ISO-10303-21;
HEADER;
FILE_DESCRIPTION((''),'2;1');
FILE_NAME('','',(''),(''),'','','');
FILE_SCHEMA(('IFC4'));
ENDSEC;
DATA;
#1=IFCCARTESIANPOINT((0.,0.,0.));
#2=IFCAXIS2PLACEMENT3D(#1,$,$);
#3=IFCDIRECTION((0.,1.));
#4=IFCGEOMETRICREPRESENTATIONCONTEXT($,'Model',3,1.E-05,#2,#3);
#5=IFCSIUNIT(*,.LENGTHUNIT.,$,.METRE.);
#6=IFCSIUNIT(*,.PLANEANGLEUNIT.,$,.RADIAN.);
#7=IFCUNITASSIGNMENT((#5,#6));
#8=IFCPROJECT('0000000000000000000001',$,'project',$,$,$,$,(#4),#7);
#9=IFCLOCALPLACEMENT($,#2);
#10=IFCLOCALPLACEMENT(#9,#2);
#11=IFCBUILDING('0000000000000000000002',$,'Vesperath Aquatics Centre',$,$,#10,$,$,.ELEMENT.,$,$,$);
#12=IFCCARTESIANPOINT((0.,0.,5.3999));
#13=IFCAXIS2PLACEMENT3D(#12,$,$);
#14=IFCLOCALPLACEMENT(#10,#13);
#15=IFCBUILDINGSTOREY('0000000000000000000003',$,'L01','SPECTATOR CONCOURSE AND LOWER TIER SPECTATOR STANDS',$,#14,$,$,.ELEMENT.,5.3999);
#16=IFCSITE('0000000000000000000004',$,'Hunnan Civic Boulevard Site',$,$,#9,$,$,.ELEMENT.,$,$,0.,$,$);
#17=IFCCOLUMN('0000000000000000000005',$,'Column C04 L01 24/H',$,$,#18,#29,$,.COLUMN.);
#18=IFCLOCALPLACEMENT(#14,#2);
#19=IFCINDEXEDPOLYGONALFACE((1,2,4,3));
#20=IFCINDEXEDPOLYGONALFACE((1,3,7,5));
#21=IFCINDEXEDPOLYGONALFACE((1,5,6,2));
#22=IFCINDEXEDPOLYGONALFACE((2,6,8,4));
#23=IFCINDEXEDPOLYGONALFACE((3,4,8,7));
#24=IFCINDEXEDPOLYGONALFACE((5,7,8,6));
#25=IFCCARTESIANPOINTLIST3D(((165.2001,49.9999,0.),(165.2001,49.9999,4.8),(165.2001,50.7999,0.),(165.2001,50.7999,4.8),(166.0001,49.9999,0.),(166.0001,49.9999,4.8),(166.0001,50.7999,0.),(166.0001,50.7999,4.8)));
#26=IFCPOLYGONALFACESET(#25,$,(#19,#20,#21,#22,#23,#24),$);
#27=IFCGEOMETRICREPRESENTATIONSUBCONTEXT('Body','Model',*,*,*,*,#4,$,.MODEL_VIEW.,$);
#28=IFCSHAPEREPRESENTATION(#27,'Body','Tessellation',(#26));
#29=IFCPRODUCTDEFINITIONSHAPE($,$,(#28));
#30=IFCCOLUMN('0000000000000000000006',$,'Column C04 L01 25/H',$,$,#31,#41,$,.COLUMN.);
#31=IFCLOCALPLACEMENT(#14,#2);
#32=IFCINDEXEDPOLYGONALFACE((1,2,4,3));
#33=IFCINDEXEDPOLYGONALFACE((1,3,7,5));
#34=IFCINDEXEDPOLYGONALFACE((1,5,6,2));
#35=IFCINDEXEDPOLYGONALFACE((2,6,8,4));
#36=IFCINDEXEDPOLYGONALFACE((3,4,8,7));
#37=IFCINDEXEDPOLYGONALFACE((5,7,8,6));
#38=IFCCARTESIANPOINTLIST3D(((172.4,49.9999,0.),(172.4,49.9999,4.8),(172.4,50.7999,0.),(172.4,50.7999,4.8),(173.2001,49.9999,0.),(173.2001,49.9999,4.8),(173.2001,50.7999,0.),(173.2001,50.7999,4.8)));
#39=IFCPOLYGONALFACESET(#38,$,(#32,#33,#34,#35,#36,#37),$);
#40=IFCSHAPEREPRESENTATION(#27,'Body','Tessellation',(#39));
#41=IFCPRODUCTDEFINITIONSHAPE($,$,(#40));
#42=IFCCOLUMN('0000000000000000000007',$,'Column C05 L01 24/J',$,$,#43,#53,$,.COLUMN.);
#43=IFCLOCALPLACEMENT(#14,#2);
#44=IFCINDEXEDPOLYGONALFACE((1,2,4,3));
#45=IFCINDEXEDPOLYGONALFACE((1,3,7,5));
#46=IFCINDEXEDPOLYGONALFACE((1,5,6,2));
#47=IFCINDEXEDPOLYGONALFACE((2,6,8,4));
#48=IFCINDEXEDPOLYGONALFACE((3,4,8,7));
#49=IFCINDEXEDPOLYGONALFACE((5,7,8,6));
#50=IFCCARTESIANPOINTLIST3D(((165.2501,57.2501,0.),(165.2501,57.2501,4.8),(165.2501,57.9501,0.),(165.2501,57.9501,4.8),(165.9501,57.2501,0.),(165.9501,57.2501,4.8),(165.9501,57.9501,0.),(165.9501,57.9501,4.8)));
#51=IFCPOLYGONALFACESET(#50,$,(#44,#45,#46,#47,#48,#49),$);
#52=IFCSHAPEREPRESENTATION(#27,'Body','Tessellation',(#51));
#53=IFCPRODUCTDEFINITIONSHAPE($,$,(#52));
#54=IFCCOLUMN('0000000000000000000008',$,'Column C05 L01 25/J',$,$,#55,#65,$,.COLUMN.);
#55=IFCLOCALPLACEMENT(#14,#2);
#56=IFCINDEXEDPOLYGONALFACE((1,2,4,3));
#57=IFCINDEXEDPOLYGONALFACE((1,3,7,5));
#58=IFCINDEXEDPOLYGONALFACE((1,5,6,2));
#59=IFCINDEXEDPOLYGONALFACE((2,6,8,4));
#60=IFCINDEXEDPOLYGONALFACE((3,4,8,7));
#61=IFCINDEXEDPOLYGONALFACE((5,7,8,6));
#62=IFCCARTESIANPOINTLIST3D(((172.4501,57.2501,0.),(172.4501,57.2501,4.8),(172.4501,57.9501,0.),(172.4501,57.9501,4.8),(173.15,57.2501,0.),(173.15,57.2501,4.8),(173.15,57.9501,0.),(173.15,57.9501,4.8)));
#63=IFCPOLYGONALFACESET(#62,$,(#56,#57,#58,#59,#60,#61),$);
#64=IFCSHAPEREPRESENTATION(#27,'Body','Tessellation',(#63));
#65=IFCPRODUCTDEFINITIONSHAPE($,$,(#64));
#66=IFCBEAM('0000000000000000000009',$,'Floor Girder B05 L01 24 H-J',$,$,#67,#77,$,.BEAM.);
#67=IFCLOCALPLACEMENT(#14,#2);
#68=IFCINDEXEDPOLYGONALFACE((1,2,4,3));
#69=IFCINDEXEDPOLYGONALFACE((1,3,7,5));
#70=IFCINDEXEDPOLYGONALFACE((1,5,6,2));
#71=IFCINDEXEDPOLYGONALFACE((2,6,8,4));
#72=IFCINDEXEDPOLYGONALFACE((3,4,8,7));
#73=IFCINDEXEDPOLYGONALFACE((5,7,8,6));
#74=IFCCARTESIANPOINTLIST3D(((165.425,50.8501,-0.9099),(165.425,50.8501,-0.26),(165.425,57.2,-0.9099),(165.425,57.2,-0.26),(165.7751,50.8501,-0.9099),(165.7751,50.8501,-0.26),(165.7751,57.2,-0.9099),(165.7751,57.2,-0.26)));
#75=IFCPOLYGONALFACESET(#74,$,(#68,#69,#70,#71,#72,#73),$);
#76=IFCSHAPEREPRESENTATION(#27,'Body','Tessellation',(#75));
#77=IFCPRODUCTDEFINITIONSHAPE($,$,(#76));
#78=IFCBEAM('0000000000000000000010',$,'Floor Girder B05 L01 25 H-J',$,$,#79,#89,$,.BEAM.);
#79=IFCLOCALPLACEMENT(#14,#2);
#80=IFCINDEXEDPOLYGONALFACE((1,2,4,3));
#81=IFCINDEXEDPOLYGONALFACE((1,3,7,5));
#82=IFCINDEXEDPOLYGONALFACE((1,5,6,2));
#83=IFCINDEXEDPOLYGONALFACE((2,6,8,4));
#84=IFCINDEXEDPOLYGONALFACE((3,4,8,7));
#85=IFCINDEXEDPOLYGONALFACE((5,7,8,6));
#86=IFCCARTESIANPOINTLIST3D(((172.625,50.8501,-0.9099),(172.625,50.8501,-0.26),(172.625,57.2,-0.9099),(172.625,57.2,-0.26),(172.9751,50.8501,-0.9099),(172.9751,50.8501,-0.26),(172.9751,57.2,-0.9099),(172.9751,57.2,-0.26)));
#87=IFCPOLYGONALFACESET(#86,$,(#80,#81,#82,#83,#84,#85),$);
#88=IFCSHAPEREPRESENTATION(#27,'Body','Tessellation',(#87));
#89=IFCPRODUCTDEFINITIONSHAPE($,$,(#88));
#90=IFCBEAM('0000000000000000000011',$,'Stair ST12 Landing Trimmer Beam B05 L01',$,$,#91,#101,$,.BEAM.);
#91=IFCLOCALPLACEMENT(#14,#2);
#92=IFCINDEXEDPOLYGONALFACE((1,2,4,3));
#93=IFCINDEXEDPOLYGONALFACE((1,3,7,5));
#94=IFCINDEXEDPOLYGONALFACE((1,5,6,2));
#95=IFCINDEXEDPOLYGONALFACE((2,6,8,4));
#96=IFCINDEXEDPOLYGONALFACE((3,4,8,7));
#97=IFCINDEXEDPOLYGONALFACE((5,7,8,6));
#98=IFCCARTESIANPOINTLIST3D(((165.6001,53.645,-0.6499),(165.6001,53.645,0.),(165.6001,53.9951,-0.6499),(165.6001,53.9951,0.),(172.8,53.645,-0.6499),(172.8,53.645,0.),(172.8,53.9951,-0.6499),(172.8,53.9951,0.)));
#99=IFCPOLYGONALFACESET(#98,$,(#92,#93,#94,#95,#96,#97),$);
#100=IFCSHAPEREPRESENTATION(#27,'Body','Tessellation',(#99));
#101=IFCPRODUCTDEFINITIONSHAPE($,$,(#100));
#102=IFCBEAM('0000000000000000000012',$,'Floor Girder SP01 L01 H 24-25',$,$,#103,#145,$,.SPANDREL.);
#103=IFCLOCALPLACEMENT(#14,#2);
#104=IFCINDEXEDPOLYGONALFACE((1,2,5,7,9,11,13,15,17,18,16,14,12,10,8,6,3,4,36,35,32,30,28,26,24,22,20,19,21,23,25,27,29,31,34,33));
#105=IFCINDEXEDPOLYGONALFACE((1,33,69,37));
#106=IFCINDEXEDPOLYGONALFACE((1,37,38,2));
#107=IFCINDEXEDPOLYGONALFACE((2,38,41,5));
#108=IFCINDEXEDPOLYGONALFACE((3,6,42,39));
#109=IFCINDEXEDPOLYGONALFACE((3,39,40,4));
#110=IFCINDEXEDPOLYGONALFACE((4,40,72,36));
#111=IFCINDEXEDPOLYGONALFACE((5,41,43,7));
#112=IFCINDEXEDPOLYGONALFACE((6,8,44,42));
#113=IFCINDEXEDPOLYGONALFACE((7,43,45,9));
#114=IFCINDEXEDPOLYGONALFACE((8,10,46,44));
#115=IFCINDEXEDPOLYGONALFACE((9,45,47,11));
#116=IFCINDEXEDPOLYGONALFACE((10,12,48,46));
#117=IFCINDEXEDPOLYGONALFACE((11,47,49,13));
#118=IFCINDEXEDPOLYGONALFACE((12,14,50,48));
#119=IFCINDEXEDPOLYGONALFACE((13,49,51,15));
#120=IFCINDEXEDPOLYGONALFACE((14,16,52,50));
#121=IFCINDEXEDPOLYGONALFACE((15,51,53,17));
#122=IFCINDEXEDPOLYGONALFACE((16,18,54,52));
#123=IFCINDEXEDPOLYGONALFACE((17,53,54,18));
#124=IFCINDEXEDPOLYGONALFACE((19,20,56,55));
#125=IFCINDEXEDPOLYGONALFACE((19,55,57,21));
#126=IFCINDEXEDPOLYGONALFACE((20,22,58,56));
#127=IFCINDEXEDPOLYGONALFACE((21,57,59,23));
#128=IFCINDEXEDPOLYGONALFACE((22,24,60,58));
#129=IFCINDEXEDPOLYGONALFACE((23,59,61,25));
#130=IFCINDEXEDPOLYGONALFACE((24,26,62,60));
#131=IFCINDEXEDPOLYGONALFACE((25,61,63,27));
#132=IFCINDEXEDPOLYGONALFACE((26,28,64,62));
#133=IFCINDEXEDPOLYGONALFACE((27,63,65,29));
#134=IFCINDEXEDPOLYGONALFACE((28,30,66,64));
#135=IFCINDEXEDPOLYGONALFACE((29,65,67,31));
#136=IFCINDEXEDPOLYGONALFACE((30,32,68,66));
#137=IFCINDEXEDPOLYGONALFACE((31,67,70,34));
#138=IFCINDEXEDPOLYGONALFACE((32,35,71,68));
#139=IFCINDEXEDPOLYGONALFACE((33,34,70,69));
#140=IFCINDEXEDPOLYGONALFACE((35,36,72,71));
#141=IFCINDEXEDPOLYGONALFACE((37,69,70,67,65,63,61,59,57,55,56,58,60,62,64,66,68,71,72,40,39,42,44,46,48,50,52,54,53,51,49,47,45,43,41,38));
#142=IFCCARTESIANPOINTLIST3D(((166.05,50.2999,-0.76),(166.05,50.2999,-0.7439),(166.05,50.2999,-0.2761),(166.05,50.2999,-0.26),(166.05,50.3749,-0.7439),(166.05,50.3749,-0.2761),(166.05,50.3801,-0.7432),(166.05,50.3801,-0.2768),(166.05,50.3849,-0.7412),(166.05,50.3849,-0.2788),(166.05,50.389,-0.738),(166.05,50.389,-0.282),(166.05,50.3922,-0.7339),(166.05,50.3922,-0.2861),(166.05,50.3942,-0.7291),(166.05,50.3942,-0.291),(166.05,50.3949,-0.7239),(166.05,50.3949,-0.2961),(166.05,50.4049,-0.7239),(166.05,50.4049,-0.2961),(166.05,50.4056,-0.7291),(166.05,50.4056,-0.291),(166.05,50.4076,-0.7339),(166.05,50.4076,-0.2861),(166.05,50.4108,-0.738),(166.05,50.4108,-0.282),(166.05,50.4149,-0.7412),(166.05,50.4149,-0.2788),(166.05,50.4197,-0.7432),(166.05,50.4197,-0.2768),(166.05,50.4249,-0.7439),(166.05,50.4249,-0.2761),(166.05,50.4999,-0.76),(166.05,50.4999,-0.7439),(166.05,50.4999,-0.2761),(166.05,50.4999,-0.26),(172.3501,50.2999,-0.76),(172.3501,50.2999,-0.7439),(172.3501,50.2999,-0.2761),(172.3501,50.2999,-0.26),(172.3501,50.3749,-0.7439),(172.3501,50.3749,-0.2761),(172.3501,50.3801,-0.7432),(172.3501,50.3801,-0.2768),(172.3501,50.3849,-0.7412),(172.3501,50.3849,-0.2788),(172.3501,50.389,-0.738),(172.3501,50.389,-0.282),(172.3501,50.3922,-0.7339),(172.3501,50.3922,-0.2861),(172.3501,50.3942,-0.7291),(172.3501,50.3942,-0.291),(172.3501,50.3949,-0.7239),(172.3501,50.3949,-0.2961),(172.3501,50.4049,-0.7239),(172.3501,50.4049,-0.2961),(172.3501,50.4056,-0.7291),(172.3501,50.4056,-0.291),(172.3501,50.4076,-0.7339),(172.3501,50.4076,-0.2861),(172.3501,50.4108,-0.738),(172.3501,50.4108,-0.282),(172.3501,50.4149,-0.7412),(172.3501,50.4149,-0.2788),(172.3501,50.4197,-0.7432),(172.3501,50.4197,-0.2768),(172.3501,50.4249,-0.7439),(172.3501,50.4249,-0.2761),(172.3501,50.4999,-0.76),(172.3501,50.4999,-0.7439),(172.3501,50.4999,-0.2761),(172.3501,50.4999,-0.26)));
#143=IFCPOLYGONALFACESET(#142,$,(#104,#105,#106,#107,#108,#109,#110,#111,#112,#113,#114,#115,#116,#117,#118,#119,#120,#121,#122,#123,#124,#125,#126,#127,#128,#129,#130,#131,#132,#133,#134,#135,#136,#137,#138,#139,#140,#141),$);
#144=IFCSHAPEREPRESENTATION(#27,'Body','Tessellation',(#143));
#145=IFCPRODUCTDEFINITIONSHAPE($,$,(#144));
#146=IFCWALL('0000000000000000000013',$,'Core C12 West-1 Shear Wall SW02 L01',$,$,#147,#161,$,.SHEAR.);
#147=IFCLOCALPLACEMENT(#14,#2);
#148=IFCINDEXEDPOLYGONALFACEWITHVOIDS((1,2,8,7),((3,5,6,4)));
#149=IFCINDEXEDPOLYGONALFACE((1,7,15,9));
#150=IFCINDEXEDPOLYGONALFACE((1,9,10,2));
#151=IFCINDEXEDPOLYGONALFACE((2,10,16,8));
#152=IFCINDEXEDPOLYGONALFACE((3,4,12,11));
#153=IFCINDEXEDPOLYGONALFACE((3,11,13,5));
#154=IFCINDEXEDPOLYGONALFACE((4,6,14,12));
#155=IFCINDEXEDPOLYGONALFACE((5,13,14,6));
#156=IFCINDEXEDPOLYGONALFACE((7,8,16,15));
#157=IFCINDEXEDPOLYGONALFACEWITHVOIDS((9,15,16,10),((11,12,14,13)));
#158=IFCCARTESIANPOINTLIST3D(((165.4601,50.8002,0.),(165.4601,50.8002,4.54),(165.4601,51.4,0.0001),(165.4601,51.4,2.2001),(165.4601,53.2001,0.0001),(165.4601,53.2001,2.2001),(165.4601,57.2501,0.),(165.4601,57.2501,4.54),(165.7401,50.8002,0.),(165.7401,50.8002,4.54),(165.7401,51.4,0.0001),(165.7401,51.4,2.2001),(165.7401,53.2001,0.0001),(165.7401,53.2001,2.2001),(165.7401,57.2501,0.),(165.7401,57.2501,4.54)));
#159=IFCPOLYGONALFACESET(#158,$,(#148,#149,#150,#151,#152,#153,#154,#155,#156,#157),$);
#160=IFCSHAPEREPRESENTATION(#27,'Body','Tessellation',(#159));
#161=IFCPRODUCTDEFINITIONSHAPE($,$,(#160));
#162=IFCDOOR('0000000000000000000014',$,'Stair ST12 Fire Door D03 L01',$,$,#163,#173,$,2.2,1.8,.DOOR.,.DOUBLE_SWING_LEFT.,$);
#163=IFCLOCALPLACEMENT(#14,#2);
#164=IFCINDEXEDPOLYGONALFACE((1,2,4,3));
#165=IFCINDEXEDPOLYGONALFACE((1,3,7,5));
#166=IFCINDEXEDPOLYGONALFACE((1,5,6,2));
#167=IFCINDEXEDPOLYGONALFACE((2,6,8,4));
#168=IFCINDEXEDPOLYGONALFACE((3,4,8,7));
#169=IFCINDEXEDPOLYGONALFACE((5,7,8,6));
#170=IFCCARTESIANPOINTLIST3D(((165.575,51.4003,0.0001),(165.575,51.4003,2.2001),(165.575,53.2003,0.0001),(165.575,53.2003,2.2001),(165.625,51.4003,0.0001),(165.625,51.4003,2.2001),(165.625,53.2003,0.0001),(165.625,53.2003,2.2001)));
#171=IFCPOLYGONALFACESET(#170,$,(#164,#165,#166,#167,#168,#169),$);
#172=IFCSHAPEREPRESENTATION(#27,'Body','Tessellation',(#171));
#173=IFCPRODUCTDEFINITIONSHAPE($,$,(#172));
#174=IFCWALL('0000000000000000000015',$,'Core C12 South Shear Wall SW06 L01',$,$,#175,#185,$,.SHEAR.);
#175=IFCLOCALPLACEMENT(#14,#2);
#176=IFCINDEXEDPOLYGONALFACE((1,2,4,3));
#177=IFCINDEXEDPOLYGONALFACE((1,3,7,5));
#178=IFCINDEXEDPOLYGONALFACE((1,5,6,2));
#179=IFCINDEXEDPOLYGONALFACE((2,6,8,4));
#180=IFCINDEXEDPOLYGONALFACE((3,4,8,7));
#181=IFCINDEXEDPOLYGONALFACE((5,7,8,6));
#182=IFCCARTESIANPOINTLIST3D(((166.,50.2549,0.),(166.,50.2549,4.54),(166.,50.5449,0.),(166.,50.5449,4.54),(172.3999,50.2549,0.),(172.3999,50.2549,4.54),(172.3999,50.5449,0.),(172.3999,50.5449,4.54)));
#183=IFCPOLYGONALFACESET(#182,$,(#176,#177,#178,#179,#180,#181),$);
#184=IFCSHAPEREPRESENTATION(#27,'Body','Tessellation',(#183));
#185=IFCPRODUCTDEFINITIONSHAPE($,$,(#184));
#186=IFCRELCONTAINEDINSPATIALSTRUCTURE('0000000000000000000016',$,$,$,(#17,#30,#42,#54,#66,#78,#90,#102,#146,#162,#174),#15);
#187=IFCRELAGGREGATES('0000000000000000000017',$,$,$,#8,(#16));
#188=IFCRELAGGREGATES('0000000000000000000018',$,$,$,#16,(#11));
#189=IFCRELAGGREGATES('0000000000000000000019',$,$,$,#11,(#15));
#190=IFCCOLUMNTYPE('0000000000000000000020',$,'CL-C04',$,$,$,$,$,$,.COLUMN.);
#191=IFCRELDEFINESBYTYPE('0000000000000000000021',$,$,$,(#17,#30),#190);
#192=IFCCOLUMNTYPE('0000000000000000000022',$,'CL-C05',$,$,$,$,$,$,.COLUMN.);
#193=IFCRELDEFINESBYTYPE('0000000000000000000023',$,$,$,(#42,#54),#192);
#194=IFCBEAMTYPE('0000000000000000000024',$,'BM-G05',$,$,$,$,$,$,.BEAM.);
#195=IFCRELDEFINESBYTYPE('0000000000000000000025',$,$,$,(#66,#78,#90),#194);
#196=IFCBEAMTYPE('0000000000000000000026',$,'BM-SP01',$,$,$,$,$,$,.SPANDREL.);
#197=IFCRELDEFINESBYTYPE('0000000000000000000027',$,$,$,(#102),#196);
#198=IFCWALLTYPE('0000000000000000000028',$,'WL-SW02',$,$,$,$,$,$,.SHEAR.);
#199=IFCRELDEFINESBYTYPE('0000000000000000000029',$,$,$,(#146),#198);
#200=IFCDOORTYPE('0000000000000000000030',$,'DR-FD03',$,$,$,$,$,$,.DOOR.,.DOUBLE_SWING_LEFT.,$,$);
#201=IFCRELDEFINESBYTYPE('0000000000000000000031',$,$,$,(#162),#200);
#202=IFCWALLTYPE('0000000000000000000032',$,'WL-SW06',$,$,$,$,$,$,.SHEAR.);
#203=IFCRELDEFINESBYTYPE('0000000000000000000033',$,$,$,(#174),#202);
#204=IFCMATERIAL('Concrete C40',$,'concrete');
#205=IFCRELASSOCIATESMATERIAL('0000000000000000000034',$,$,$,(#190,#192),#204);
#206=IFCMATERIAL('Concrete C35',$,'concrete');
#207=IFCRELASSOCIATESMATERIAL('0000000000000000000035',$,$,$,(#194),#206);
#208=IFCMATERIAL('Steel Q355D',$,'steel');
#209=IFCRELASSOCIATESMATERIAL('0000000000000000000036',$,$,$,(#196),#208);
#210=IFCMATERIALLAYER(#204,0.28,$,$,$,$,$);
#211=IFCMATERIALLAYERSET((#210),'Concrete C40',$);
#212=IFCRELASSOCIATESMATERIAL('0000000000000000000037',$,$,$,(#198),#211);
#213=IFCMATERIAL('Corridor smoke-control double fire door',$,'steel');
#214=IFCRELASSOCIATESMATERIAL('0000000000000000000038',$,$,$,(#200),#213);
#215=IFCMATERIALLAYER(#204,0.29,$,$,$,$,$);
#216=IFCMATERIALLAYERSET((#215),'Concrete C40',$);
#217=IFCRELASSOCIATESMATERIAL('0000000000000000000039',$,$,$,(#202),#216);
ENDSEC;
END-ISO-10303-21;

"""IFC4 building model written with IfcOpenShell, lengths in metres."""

from ifc_helpers import new_model, si_unit, direction, frame, frame_2d, origin, origin_2d, place, context, subcontext, project, spatial, rectangle, i_section, extrude, material, layer, layer_set, material_profile, profile_set, type_object, element, fill, save


model = new_model("IFC4")

# Units and contexts
model_context = context("Model", 3, precision=1e-05, world=origin(), true_north=direction((0.0, 1.0)))
body_context = subcontext(model_context, "Body", "Model", "MODEL_VIEW")
ifc_project = project(units=[si_unit("LENGTHUNIT", "METRE"), si_unit("PLANEANGLEUNIT", "RADIAN")], contexts=[model_context])

# Site, building, storey
site_placement = place(None, origin())
site = spatial("IfcSite", under=ifc_project, at=site_placement, Name="Hunnan Civic Boulevard Site", CompositionType="ELEMENT", RefElevation=0.0)
building_placement = place(site_placement, origin())
building = spatial("IfcBuilding", under=site, at=building_placement, Name="Vesperath Aquatics Centre", CompositionType="ELEMENT")
storey_placement = place(building_placement, frame((0.0, 0.0, 5.3999)))
storey = spatial("IfcBuildingStorey", under=building, at=storey_placement, Name="L01", Description="SPECTATOR CONCOURSE AND LOWER TIER SPECTATOR STANDS", CompositionType="ELEMENT", Elevation=5.3999)

# Columns
ifc_material_1 = material(Name="Concrete C40", Category="concrete")
ifc_material_profile_1 = material_profile(ifc_material_1, rectangle(XDim=0.8, YDim=0.8, at=origin_2d()), Name="RC 800x800")
ifc_profile_set_1 = profile_set([ifc_material_profile_1], Name="Concrete C40")
column_type_1 = type_object("IfcColumnType", Name="CL-C04", PredefinedType="COLUMN", material=ifc_profile_set_1)
for number, where, z_axis, x_axis, name in (
    (1, (165.6001, 50.3999, 0.0), (0.0, 0.0, 1.0), (1.0, 0.0, 0.0), "Column C04 L01 24/H"),
    (2, (172.8, 50.3999, 0.0), (0.0, 0.0, 1.0), (1.0, 0.0, 0.0), "Column C04 L01 25/H"),
):
    element("IfcColumn", number, at=place(storey_placement, frame(where, z_axis=z_axis, x_axis=x_axis)), inside=storey, type_object=column_type_1, Name=name, PredefinedType="COLUMN", context=body_context, shape_type="SweptSolid", body=[
        extrude(rectangle(XDim=0.8, YDim=0.8, at=origin_2d()), origin(), (0.0, 0.0, 1.0), 4.8),
    ])
ifc_material_profile_2 = material_profile(ifc_material_1, rectangle(XDim=0.7, YDim=0.7, at=origin_2d()), Name="RC 700x700")
ifc_profile_set_2 = profile_set([ifc_material_profile_2], Name="Concrete C40")
column_type_2 = type_object("IfcColumnType", Name="CL-C05", PredefinedType="COLUMN", material=ifc_profile_set_2)
for number, where, z_axis, x_axis, name in (
    (3, (165.6001, 57.6001, 0.0), (0.0, 0.0, 1.0), (1.0, 0.0, 0.0), "Column C05 L01 24/J"),
    (4, (172.8, 57.6001, 0.0), (0.0, 0.0, 1.0), (1.0, 0.0, 0.0), "Column C05 L01 25/J"),
):
    element("IfcColumn", number, at=place(storey_placement, frame(where, z_axis=z_axis, x_axis=x_axis)), inside=storey, type_object=column_type_2, Name=name, PredefinedType="COLUMN", context=body_context, shape_type="SweptSolid", body=[
        extrude(rectangle(XDim=0.7, YDim=0.7, at=origin_2d()), origin(), (0.0, 0.0, 1.0), 4.8),
    ])

# Beams
ifc_material_2 = material(Name="Concrete C35", Category="concrete")
ifc_material_profile_3 = material_profile(ifc_material_2, rectangle(XDim=0.3501, YDim=0.6499, at=origin_2d()), Name="RC 350x650")
ifc_profile_set_3 = profile_set([ifc_material_profile_3], Name="Concrete C35")
beam_type_1 = type_object("IfcBeamType", Name="BM-G05", PredefinedType="BEAM", material=ifc_profile_set_3)
for number, where, z_axis, x_axis, name in (
    (5, (165.6001, 50.8501, -0.585), (0.0, 1.0, 0.0), (-1.0, 0.0, 0.0), "Floor Girder B05 L01 24 H-J"),
    (6, (172.8, 50.8501, -0.585), (0.0, 1.0, 0.0), (-1.0, 0.0, 0.0), "Floor Girder B05 L01 25 H-J"),
):
    element("IfcBeam", number, at=place(storey_placement, frame(where, z_axis=z_axis, x_axis=x_axis)), inside=storey, type_object=beam_type_1, Name=name, PredefinedType="BEAM", context=body_context, shape_type="SweptSolid", body=[
        extrude(rectangle(XDim=0.3501, YDim=0.6499, at=origin_2d()), origin(), (0.0, 0.0, 1.0), 6.3499),
    ])
beam_1_placement = place(storey_placement, frame((165.6001, 53.8201, -0.325), z_axis=(1.0, 0.0, 0.0), x_axis=(0.0, 1.0, 0.0)))
element("IfcBeam", 7, at=beam_1_placement, inside=storey, type_object=beam_type_1, Name="Stair ST12 Landing Trimmer Beam B05 L01", PredefinedType="BEAM", context=body_context, shape_type="SweptSolid", body=[
    extrude(rectangle(XDim=0.3501, YDim=0.6499, at=origin_2d()), origin(), (0.0, 0.0, 1.0), 7.2),
])
ifc_material_3 = material(Name="Steel Q355D", Category="steel")
ifc_material_profile_4 = material_profile(ifc_material_3, i_section(OverallWidth=0.2, OverallDepth=0.5, WebThickness=0.01, FlangeThickness=0.0161, FilletRadius=0.02, at=origin_2d()), Name="HN 500x200x10x16")
ifc_profile_set_4 = profile_set([ifc_material_profile_4], Name="Steel Q355D")
beam_type_2 = type_object("IfcBeamType", Name="BM-SP01", PredefinedType="SPANDREL", material=ifc_profile_set_4)
beam_2_placement = place(storey_placement, frame((166.05, 50.3999, -0.51), z_axis=(1.0, 0.0, 0.0), x_axis=(0.0, 1.0, 0.0)))
element("IfcBeam", 8, at=beam_2_placement, inside=storey, type_object=beam_type_2, Name="Floor Girder SP01 L01 H 24-25", PredefinedType="SPANDREL", context=body_context, shape_type="SweptSolid", body=[
    extrude(i_section(OverallWidth=0.2, OverallDepth=0.5, WebThickness=0.01, FlangeThickness=0.0161, FilletRadius=0.02, at=origin_2d()), origin(), (0.0, 0.0, 1.0), 6.3),
])

# Wall, opening, door
ifc_layer_1 = layer(ifc_material_1, 0.28)
ifc_layer_set_1 = layer_set([ifc_layer_1], Name="Concrete C40")
wall_type_1 = type_object("IfcWallType", Name="WL-SW02", PredefinedType="SHEAR", material=ifc_layer_set_1)
wall_1_placement = place(storey_placement, frame((165.6001, 50.8, 0.0), z_axis=(0.0, 0.0, 1.0), x_axis=(0.0, 1.0, 0.0)))
wall_1 = element("IfcWall", 9, at=wall_1_placement, inside=storey, type_object=wall_type_1, Name="Core C12 West-1 Shear Wall SW02 L01", PredefinedType="SHEAR", context=body_context, shape_type="SweptSolid", body=[
    extrude(rectangle(XDim=6.45, YDim=0.28, at=frame_2d((3.2251, 0.0))), origin(), (0.0, 0.0, 1.0), 4.54),
])
opening_placement = place(wall_1_placement, frame((0.6001, 0.0, 0.0)))
opening = element("IfcOpeningElement", 10, at=opening_placement, cuts=wall_1, PredefinedType="OPENING", context=body_context, shape_type="SweptSolid", body=[
    extrude(rectangle(XDim=1.8, YDim=2.2, at=frame_2d((0.8999, 1.1001))), frame((0.0, 0.1548, 0.0), z_axis=(0.0, -1.0, 0.0), x_axis=(1.0, 0.0, 0.0)), (0.0, 0.0, 1.0), 0.3098),
])
ifc_material_4 = material(Name="Corridor smoke-control double fire door", Category="steel")
door_type = type_object("IfcDoorType", Name="DR-FD03", OperationType="DOUBLE_SWING_LEFT", PredefinedType="DOOR", material=ifc_material_4)
door_placement = place(opening_placement, frame((1.8, 0.0, 0.0), z_axis=(0.0, 0.0, 1.0), x_axis=(-1.0, 0.0, 0.0)))
door = element("IfcDoor", 11, at=door_placement, inside=storey, type_object=door_type, Name="Stair ST12 Fire Door D03 L01", OperationType="DOUBLE_SWING_LEFT", OverallHeight=2.2, OverallWidth=1.8, PredefinedType="DOOR", context=body_context, shape_type="SweptSolid", body=[
    extrude(rectangle(XDim=1.8, YDim=2.2, at=frame_2d((0.8999, 1.1001))), frame((0.0, 0.0249, 0.0), z_axis=(0.0, -1.0, 0.0), x_axis=(1.0, 0.0, 0.0)), (0.0, 0.0, 1.0), 0.05),
])
fill(opening, door)

# Wall
ifc_layer_2 = layer(ifc_material_1, 0.29)
ifc_layer_set_2 = layer_set([ifc_layer_2], Name="Concrete C40")
wall_type_2 = type_object("IfcWallType", Name="WL-SW06", PredefinedType="SHEAR", material=ifc_layer_set_2)
wall_2_placement = place(storey_placement, frame((166.0, 50.3999, 0.0), z_axis=(0.0, 0.0, 1.0), x_axis=(1.0, 0.0, 0.0)))
element("IfcWall", 12, at=wall_2_placement, inside=storey, type_object=wall_type_2, Name="Core C12 South Shear Wall SW06 L01", PredefinedType="SHEAR", context=body_context, shape_type="SweptSolid", body=[
    extrude(rectangle(XDim=6.3999, YDim=0.29, at=frame_2d((3.2, 0.0))), origin(), (0.0, 0.0, 1.0), 4.54),
])

save(model, "model.ifc")
